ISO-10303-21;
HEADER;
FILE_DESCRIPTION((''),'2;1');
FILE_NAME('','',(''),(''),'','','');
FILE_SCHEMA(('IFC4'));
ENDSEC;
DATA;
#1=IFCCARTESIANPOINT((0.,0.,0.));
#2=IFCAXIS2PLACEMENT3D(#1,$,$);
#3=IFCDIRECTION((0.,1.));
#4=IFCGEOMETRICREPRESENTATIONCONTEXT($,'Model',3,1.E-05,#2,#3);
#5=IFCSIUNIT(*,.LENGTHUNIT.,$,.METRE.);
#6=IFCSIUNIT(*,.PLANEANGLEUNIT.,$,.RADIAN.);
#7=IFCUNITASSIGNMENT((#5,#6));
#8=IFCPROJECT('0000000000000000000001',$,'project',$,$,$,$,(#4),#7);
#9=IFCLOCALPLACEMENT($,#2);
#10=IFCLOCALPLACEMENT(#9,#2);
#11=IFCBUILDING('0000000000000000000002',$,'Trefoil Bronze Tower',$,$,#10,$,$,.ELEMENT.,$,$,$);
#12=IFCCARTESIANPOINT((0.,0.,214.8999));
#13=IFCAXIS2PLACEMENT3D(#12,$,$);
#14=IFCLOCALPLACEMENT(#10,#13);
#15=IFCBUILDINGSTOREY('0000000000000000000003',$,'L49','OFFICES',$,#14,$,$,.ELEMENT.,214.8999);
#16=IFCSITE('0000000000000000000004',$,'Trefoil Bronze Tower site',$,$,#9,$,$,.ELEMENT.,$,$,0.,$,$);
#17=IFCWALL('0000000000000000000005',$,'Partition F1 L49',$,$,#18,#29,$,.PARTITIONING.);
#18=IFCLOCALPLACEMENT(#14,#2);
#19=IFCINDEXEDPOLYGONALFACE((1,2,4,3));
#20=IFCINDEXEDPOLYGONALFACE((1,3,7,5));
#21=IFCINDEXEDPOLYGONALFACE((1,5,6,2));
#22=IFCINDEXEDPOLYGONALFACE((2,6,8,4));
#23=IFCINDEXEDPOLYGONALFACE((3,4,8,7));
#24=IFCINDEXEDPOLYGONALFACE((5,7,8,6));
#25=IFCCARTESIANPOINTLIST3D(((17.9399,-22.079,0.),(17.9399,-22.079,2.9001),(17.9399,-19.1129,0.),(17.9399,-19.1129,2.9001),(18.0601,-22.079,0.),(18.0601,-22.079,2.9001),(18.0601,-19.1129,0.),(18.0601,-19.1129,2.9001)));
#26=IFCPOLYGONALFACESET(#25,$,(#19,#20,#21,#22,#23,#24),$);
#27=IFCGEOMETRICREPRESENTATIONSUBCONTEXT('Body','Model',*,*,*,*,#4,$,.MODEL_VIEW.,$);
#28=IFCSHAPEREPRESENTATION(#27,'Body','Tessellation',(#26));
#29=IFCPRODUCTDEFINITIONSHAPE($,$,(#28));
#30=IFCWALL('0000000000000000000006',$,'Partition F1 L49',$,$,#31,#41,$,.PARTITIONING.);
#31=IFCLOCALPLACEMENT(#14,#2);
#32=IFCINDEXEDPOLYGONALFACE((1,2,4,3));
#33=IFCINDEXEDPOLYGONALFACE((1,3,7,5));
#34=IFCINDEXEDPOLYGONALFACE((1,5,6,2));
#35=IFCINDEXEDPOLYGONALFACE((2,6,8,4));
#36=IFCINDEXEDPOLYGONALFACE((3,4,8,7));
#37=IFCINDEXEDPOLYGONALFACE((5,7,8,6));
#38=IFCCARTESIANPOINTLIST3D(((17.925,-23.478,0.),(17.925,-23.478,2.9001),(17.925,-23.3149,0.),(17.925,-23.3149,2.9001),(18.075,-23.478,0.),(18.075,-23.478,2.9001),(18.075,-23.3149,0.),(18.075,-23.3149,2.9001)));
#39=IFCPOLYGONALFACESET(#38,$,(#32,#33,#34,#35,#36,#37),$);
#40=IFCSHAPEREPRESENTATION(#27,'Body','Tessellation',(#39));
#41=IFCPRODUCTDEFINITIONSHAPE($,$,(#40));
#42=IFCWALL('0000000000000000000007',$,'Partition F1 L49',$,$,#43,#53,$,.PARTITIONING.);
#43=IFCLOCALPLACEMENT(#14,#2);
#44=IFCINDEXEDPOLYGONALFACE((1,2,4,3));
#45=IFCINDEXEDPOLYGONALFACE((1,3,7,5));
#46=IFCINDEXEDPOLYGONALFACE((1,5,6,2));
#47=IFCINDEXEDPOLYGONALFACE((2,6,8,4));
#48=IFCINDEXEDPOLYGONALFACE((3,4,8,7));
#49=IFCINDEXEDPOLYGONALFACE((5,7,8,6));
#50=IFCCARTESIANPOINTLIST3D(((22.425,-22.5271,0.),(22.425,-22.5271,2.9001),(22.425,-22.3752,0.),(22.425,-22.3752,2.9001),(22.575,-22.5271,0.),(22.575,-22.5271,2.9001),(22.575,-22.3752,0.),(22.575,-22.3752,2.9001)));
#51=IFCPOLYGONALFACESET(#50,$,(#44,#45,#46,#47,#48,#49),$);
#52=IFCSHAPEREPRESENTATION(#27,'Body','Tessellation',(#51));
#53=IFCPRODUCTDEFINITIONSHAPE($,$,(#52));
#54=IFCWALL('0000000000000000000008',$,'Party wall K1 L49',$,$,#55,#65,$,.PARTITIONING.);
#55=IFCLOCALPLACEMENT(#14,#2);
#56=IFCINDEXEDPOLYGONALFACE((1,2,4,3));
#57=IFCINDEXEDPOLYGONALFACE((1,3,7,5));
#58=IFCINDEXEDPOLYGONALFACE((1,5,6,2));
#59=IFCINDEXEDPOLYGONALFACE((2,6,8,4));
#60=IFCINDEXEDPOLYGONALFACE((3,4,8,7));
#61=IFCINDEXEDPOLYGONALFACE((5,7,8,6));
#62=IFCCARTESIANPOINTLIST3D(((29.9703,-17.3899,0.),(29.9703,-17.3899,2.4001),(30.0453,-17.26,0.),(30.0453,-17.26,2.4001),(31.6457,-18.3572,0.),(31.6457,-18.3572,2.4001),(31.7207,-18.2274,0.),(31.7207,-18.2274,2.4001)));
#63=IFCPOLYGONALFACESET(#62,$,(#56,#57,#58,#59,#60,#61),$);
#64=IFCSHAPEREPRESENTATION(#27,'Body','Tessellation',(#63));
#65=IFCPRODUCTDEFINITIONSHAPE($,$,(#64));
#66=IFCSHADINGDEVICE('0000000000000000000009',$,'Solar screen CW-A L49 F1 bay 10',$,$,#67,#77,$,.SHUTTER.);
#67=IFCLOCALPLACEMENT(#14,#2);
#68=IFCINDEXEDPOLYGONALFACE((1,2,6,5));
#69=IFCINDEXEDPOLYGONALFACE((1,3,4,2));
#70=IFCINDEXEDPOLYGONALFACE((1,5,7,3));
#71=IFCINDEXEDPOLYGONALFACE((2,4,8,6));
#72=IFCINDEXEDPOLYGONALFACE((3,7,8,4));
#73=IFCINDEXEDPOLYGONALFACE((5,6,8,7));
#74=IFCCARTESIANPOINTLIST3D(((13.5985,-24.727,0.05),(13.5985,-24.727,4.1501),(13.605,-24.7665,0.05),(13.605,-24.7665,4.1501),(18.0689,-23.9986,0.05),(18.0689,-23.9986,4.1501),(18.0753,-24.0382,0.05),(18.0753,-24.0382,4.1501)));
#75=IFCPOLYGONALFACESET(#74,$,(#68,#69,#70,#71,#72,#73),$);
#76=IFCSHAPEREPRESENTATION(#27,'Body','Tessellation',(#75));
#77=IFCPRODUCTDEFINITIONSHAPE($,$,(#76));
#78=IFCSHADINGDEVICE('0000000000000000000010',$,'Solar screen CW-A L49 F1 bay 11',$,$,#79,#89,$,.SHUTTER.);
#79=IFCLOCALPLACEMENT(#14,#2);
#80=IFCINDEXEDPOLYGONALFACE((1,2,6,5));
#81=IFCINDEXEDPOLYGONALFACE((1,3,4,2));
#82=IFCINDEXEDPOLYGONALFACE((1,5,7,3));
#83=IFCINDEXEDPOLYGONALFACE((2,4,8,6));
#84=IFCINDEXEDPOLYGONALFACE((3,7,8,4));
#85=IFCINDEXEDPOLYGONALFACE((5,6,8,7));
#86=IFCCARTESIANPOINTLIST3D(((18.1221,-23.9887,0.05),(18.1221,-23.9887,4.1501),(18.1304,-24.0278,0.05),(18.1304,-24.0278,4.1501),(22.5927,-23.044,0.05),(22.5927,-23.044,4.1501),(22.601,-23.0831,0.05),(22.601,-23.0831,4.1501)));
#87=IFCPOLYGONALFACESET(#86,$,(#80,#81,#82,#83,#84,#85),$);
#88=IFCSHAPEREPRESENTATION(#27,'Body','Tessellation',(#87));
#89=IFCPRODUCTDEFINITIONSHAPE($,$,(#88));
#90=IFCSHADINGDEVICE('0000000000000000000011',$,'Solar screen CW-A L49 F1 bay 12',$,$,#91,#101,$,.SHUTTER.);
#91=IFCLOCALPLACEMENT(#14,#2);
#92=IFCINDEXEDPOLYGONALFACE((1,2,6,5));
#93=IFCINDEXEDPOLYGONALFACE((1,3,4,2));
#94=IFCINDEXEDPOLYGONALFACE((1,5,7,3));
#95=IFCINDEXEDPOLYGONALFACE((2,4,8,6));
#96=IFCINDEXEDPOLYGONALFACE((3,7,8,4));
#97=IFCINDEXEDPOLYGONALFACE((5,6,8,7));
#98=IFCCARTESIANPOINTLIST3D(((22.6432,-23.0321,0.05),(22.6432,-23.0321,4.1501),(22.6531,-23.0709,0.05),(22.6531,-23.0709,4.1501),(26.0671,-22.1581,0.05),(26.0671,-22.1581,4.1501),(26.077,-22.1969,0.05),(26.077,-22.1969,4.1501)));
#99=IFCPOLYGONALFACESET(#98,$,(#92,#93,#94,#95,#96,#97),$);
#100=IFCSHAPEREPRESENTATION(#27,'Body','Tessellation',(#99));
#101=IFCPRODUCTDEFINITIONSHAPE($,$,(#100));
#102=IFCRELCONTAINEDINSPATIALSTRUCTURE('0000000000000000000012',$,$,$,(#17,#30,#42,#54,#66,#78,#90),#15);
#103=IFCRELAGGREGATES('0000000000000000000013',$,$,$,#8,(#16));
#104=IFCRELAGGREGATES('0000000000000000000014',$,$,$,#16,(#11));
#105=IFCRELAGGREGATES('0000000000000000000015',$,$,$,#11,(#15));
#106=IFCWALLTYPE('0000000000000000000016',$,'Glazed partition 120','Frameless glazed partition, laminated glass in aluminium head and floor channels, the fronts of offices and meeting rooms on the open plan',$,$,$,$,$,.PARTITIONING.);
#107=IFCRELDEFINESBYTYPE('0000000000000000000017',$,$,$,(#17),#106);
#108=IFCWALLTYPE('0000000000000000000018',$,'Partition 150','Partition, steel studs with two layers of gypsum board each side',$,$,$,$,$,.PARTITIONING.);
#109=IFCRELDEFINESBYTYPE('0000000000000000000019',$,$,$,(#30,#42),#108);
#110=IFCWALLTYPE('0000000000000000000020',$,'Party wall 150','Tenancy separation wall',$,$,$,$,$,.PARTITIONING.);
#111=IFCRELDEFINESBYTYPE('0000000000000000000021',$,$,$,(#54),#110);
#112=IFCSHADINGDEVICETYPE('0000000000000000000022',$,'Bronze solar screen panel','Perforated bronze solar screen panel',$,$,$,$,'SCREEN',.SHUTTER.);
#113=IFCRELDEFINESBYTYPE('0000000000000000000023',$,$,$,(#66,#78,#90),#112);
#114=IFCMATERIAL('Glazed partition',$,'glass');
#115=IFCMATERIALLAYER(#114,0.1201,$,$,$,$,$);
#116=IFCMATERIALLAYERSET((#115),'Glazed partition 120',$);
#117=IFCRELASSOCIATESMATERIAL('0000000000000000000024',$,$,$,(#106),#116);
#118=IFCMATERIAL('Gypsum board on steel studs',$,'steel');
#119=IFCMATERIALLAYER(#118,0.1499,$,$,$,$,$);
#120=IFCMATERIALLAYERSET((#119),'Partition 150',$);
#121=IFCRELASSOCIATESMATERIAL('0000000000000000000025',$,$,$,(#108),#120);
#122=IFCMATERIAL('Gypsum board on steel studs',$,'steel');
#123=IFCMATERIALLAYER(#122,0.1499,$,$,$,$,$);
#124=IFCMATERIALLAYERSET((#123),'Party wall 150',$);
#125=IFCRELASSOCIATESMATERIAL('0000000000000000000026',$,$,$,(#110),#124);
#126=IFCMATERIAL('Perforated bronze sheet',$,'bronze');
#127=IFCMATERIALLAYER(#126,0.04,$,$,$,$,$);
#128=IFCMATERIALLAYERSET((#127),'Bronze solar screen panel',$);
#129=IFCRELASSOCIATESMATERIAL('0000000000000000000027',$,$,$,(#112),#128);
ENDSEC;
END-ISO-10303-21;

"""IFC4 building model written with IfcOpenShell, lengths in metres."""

from ifc_helpers import new_model, si_unit, direction, frame, frame_2d, origin, origin_2d, place, context, subcontext, project, spatial, rectangle, extrude, material, layer, layer_set, type_object, element, save


model = new_model("IFC4")

# Units and contexts
model_context = context("Model", 3, precision=1e-05, world=origin(), true_north=direction((0.0, 1.0)))
body_context = subcontext(model_context, "Body", "Model", "MODEL_VIEW")
ifc_project = project(units=[si_unit("LENGTHUNIT", "METRE"), si_unit("PLANEANGLEUNIT", "RADIAN")], contexts=[model_context])

# Site, building, storey
site_placement = place(None, origin())
site = spatial("IfcSite", under=ifc_project, at=site_placement, Name="Trefoil Bronze Tower site", CompositionType="ELEMENT", RefElevation=0.0)
building_placement = place(site_placement, origin())
building = spatial("IfcBuilding", under=site, at=building_placement, Name="Trefoil Bronze Tower", CompositionType="ELEMENT")
storey_placement = place(building_placement, frame((0.0, 0.0, 214.8999)))
storey = spatial("IfcBuildingStorey", under=building, at=storey_placement, Name="L49", Description="OFFICES", CompositionType="ELEMENT", Elevation=214.8999)

# Walls
ifc_material_1 = material(Name="Glazed partition", Category="glass")
ifc_layer_1 = layer(ifc_material_1, 0.1201)
ifc_layer_set_1 = layer_set([ifc_layer_1], Name="Glazed partition 120")
wall_type_1 = type_object("IfcWallType", Name="Glazed partition 120", Description="Frameless glazed partition, laminated glass in aluminium head and floor channels, the fronts of offices and meeting rooms on the open plan", PredefinedType="PARTITIONING", material=ifc_layer_set_1)
wall_1_placement = place(storey_placement, frame((18.0, -19.113, 0.0), z_axis=(0.0, 0.0, 1.0), x_axis=(0.0, -1.0, 0.0)))
element("IfcWall", 1, at=wall_1_placement, inside=storey, type_object=wall_type_1, Name="Partition F1 L49", PredefinedType="PARTITIONING", context=body_context, shape_type="SweptSolid", body=[
    extrude(rectangle(XDim=2.9661, YDim=0.1201, at=frame_2d((1.4829, 0.0))), origin(), (0.0, 0.0, 1.0), 2.9001),
])
ifc_material_2 = material(Name="Gypsum board on steel studs", Category="steel")
ifc_layer_2 = layer(ifc_material_2, 0.1499)
ifc_layer_set_2 = layer_set([ifc_layer_2], Name="Partition 150")
wall_type_2 = type_object("IfcWallType", Name="Partition 150", Description="Partition, steel studs with two layers of gypsum board each side", PredefinedType="PARTITIONING", material=ifc_layer_set_2)
wall_2_placement = place(storey_placement, frame((18.0, -23.3149, 0.0), z_axis=(0.0, 0.0, 1.0), x_axis=(0.0, -1.0, 0.0)))
element("IfcWall", 2, at=wall_2_placement, inside=storey, type_object=wall_type_2, Name="Partition F1 L49", PredefinedType="PARTITIONING", context=body_context, shape_type="SweptSolid", body=[
    extrude(rectangle(XDim=0.1631, YDim=0.1499, at=frame_2d((0.0815, 0.0))), origin(), (0.0, 0.0, 1.0), 2.9001),
])
wall_3_placement = place(storey_placement, frame((22.5, -22.3752, 0.0), z_axis=(0.0, 0.0, 1.0), x_axis=(0.0, -1.0, 0.0)))
element("IfcWall", 3, at=wall_3_placement, inside=storey, type_object=wall_type_2, Name="Partition F1 L49", PredefinedType="PARTITIONING", context=body_context, shape_type="SweptSolid", body=[
    extrude(rectangle(XDim=0.1519, YDim=0.1499, at=frame_2d((0.0759, 0.0))), origin(), (0.0, 0.0, 1.0), 2.9001),
])
ifc_material_3 = material(Name="Gypsum board on steel studs", Category="steel")
ifc_layer_3 = layer(ifc_material_3, 0.1499)
ifc_layer_set_3 = layer_set([ifc_layer_3], Name="Party wall 150")
wall_type_3 = type_object("IfcWallType", Name="Party wall 150", Description="Tenancy separation wall", PredefinedType="PARTITIONING", material=ifc_layer_set_3)
wall_4_placement = place(storey_placement, frame((30.0078, -17.325, 0.0), z_axis=(0.0, 0.0, 1.0), x_axis=(0.866013, -0.500021, 0.0)))
element("IfcWall", 4, at=wall_4_placement, inside=storey, type_object=wall_type_3, Name="Party wall K1 L49", PredefinedType="PARTITIONING", context=body_context, shape_type="SweptSolid", body=[
    extrude(rectangle(XDim=1.9346, YDim=0.1499, at=frame_2d((0.9673, 0.0))), origin(), (0.0, 0.0, 1.0), 2.4001),
])

# Shading devices
ifc_material_4 = material(Name="Perforated bronze sheet", Category="bronze")
ifc_layer_4 = layer(ifc_material_4, 0.04)
ifc_layer_set_4 = layer_set([ifc_layer_4], Name="Bronze solar screen panel")
shading_device_type = type_object("IfcShadingDeviceType", Name="Bronze solar screen panel", Description="Perforated bronze solar screen panel", ElementType="SCREEN", PredefinedType="SHUTTER", material=ifc_layer_set_4)
shading_device_1_placement = place(storey_placement, frame((15.8369, -24.3826, 0.05), z_axis=(0.0, 0.0, 1.0), x_axis=(0.986987, 0.160803, 0.0)))
element("IfcShadingDevice", 5, at=shading_device_1_placement, inside=storey, type_object=shading_device_type, Name="Solar screen CW-A L49 F1 bay 10", PredefinedType="SHUTTER", context=body_context, shape_type="SweptSolid", body=[
    extrude(rectangle(XDim=4.5293, YDim=0.04, at=origin_2d()), origin(), (0.0, 0.0, 1.0), 4.1001),
])
shading_device_2_placement = place(storey_placement, frame((20.3616, -23.5359, 0.05), z_axis=(0.0, 0.0, 1.0), x_axis=(0.978394, 0.206747, 0.0)))
element("IfcShadingDevice", 6, at=shading_device_2_placement, inside=storey, type_object=shading_device_type, Name="Solar screen CW-A L49 F1 bay 11", PredefinedType="SHUTTER", context=body_context, shape_type="SweptSolid", body=[
    extrude(rectangle(XDim=4.5693, YDim=0.04, at=origin_2d()), origin(), (0.0, 0.0, 1.0), 4.1001),
])
shading_device_3_placement = place(storey_placement, frame((24.3601, -22.6145, 0.05), z_axis=(0.0, 0.0, 1.0), x_axis=(0.968934, 0.247319, 0.0)))
element("IfcShadingDevice", 7, at=shading_device_3_placement, inside=storey, type_object=shading_device_type, Name="Solar screen CW-A L49 F1 bay 12", PredefinedType="SHUTTER", context=body_context, shape_type="SweptSolid", body=[
    extrude(rectangle(XDim=3.5337, YDim=0.04, at=origin_2d()), origin(), (0.0, 0.0, 1.0), 4.1001),
])

save(model, "model.ifc")
